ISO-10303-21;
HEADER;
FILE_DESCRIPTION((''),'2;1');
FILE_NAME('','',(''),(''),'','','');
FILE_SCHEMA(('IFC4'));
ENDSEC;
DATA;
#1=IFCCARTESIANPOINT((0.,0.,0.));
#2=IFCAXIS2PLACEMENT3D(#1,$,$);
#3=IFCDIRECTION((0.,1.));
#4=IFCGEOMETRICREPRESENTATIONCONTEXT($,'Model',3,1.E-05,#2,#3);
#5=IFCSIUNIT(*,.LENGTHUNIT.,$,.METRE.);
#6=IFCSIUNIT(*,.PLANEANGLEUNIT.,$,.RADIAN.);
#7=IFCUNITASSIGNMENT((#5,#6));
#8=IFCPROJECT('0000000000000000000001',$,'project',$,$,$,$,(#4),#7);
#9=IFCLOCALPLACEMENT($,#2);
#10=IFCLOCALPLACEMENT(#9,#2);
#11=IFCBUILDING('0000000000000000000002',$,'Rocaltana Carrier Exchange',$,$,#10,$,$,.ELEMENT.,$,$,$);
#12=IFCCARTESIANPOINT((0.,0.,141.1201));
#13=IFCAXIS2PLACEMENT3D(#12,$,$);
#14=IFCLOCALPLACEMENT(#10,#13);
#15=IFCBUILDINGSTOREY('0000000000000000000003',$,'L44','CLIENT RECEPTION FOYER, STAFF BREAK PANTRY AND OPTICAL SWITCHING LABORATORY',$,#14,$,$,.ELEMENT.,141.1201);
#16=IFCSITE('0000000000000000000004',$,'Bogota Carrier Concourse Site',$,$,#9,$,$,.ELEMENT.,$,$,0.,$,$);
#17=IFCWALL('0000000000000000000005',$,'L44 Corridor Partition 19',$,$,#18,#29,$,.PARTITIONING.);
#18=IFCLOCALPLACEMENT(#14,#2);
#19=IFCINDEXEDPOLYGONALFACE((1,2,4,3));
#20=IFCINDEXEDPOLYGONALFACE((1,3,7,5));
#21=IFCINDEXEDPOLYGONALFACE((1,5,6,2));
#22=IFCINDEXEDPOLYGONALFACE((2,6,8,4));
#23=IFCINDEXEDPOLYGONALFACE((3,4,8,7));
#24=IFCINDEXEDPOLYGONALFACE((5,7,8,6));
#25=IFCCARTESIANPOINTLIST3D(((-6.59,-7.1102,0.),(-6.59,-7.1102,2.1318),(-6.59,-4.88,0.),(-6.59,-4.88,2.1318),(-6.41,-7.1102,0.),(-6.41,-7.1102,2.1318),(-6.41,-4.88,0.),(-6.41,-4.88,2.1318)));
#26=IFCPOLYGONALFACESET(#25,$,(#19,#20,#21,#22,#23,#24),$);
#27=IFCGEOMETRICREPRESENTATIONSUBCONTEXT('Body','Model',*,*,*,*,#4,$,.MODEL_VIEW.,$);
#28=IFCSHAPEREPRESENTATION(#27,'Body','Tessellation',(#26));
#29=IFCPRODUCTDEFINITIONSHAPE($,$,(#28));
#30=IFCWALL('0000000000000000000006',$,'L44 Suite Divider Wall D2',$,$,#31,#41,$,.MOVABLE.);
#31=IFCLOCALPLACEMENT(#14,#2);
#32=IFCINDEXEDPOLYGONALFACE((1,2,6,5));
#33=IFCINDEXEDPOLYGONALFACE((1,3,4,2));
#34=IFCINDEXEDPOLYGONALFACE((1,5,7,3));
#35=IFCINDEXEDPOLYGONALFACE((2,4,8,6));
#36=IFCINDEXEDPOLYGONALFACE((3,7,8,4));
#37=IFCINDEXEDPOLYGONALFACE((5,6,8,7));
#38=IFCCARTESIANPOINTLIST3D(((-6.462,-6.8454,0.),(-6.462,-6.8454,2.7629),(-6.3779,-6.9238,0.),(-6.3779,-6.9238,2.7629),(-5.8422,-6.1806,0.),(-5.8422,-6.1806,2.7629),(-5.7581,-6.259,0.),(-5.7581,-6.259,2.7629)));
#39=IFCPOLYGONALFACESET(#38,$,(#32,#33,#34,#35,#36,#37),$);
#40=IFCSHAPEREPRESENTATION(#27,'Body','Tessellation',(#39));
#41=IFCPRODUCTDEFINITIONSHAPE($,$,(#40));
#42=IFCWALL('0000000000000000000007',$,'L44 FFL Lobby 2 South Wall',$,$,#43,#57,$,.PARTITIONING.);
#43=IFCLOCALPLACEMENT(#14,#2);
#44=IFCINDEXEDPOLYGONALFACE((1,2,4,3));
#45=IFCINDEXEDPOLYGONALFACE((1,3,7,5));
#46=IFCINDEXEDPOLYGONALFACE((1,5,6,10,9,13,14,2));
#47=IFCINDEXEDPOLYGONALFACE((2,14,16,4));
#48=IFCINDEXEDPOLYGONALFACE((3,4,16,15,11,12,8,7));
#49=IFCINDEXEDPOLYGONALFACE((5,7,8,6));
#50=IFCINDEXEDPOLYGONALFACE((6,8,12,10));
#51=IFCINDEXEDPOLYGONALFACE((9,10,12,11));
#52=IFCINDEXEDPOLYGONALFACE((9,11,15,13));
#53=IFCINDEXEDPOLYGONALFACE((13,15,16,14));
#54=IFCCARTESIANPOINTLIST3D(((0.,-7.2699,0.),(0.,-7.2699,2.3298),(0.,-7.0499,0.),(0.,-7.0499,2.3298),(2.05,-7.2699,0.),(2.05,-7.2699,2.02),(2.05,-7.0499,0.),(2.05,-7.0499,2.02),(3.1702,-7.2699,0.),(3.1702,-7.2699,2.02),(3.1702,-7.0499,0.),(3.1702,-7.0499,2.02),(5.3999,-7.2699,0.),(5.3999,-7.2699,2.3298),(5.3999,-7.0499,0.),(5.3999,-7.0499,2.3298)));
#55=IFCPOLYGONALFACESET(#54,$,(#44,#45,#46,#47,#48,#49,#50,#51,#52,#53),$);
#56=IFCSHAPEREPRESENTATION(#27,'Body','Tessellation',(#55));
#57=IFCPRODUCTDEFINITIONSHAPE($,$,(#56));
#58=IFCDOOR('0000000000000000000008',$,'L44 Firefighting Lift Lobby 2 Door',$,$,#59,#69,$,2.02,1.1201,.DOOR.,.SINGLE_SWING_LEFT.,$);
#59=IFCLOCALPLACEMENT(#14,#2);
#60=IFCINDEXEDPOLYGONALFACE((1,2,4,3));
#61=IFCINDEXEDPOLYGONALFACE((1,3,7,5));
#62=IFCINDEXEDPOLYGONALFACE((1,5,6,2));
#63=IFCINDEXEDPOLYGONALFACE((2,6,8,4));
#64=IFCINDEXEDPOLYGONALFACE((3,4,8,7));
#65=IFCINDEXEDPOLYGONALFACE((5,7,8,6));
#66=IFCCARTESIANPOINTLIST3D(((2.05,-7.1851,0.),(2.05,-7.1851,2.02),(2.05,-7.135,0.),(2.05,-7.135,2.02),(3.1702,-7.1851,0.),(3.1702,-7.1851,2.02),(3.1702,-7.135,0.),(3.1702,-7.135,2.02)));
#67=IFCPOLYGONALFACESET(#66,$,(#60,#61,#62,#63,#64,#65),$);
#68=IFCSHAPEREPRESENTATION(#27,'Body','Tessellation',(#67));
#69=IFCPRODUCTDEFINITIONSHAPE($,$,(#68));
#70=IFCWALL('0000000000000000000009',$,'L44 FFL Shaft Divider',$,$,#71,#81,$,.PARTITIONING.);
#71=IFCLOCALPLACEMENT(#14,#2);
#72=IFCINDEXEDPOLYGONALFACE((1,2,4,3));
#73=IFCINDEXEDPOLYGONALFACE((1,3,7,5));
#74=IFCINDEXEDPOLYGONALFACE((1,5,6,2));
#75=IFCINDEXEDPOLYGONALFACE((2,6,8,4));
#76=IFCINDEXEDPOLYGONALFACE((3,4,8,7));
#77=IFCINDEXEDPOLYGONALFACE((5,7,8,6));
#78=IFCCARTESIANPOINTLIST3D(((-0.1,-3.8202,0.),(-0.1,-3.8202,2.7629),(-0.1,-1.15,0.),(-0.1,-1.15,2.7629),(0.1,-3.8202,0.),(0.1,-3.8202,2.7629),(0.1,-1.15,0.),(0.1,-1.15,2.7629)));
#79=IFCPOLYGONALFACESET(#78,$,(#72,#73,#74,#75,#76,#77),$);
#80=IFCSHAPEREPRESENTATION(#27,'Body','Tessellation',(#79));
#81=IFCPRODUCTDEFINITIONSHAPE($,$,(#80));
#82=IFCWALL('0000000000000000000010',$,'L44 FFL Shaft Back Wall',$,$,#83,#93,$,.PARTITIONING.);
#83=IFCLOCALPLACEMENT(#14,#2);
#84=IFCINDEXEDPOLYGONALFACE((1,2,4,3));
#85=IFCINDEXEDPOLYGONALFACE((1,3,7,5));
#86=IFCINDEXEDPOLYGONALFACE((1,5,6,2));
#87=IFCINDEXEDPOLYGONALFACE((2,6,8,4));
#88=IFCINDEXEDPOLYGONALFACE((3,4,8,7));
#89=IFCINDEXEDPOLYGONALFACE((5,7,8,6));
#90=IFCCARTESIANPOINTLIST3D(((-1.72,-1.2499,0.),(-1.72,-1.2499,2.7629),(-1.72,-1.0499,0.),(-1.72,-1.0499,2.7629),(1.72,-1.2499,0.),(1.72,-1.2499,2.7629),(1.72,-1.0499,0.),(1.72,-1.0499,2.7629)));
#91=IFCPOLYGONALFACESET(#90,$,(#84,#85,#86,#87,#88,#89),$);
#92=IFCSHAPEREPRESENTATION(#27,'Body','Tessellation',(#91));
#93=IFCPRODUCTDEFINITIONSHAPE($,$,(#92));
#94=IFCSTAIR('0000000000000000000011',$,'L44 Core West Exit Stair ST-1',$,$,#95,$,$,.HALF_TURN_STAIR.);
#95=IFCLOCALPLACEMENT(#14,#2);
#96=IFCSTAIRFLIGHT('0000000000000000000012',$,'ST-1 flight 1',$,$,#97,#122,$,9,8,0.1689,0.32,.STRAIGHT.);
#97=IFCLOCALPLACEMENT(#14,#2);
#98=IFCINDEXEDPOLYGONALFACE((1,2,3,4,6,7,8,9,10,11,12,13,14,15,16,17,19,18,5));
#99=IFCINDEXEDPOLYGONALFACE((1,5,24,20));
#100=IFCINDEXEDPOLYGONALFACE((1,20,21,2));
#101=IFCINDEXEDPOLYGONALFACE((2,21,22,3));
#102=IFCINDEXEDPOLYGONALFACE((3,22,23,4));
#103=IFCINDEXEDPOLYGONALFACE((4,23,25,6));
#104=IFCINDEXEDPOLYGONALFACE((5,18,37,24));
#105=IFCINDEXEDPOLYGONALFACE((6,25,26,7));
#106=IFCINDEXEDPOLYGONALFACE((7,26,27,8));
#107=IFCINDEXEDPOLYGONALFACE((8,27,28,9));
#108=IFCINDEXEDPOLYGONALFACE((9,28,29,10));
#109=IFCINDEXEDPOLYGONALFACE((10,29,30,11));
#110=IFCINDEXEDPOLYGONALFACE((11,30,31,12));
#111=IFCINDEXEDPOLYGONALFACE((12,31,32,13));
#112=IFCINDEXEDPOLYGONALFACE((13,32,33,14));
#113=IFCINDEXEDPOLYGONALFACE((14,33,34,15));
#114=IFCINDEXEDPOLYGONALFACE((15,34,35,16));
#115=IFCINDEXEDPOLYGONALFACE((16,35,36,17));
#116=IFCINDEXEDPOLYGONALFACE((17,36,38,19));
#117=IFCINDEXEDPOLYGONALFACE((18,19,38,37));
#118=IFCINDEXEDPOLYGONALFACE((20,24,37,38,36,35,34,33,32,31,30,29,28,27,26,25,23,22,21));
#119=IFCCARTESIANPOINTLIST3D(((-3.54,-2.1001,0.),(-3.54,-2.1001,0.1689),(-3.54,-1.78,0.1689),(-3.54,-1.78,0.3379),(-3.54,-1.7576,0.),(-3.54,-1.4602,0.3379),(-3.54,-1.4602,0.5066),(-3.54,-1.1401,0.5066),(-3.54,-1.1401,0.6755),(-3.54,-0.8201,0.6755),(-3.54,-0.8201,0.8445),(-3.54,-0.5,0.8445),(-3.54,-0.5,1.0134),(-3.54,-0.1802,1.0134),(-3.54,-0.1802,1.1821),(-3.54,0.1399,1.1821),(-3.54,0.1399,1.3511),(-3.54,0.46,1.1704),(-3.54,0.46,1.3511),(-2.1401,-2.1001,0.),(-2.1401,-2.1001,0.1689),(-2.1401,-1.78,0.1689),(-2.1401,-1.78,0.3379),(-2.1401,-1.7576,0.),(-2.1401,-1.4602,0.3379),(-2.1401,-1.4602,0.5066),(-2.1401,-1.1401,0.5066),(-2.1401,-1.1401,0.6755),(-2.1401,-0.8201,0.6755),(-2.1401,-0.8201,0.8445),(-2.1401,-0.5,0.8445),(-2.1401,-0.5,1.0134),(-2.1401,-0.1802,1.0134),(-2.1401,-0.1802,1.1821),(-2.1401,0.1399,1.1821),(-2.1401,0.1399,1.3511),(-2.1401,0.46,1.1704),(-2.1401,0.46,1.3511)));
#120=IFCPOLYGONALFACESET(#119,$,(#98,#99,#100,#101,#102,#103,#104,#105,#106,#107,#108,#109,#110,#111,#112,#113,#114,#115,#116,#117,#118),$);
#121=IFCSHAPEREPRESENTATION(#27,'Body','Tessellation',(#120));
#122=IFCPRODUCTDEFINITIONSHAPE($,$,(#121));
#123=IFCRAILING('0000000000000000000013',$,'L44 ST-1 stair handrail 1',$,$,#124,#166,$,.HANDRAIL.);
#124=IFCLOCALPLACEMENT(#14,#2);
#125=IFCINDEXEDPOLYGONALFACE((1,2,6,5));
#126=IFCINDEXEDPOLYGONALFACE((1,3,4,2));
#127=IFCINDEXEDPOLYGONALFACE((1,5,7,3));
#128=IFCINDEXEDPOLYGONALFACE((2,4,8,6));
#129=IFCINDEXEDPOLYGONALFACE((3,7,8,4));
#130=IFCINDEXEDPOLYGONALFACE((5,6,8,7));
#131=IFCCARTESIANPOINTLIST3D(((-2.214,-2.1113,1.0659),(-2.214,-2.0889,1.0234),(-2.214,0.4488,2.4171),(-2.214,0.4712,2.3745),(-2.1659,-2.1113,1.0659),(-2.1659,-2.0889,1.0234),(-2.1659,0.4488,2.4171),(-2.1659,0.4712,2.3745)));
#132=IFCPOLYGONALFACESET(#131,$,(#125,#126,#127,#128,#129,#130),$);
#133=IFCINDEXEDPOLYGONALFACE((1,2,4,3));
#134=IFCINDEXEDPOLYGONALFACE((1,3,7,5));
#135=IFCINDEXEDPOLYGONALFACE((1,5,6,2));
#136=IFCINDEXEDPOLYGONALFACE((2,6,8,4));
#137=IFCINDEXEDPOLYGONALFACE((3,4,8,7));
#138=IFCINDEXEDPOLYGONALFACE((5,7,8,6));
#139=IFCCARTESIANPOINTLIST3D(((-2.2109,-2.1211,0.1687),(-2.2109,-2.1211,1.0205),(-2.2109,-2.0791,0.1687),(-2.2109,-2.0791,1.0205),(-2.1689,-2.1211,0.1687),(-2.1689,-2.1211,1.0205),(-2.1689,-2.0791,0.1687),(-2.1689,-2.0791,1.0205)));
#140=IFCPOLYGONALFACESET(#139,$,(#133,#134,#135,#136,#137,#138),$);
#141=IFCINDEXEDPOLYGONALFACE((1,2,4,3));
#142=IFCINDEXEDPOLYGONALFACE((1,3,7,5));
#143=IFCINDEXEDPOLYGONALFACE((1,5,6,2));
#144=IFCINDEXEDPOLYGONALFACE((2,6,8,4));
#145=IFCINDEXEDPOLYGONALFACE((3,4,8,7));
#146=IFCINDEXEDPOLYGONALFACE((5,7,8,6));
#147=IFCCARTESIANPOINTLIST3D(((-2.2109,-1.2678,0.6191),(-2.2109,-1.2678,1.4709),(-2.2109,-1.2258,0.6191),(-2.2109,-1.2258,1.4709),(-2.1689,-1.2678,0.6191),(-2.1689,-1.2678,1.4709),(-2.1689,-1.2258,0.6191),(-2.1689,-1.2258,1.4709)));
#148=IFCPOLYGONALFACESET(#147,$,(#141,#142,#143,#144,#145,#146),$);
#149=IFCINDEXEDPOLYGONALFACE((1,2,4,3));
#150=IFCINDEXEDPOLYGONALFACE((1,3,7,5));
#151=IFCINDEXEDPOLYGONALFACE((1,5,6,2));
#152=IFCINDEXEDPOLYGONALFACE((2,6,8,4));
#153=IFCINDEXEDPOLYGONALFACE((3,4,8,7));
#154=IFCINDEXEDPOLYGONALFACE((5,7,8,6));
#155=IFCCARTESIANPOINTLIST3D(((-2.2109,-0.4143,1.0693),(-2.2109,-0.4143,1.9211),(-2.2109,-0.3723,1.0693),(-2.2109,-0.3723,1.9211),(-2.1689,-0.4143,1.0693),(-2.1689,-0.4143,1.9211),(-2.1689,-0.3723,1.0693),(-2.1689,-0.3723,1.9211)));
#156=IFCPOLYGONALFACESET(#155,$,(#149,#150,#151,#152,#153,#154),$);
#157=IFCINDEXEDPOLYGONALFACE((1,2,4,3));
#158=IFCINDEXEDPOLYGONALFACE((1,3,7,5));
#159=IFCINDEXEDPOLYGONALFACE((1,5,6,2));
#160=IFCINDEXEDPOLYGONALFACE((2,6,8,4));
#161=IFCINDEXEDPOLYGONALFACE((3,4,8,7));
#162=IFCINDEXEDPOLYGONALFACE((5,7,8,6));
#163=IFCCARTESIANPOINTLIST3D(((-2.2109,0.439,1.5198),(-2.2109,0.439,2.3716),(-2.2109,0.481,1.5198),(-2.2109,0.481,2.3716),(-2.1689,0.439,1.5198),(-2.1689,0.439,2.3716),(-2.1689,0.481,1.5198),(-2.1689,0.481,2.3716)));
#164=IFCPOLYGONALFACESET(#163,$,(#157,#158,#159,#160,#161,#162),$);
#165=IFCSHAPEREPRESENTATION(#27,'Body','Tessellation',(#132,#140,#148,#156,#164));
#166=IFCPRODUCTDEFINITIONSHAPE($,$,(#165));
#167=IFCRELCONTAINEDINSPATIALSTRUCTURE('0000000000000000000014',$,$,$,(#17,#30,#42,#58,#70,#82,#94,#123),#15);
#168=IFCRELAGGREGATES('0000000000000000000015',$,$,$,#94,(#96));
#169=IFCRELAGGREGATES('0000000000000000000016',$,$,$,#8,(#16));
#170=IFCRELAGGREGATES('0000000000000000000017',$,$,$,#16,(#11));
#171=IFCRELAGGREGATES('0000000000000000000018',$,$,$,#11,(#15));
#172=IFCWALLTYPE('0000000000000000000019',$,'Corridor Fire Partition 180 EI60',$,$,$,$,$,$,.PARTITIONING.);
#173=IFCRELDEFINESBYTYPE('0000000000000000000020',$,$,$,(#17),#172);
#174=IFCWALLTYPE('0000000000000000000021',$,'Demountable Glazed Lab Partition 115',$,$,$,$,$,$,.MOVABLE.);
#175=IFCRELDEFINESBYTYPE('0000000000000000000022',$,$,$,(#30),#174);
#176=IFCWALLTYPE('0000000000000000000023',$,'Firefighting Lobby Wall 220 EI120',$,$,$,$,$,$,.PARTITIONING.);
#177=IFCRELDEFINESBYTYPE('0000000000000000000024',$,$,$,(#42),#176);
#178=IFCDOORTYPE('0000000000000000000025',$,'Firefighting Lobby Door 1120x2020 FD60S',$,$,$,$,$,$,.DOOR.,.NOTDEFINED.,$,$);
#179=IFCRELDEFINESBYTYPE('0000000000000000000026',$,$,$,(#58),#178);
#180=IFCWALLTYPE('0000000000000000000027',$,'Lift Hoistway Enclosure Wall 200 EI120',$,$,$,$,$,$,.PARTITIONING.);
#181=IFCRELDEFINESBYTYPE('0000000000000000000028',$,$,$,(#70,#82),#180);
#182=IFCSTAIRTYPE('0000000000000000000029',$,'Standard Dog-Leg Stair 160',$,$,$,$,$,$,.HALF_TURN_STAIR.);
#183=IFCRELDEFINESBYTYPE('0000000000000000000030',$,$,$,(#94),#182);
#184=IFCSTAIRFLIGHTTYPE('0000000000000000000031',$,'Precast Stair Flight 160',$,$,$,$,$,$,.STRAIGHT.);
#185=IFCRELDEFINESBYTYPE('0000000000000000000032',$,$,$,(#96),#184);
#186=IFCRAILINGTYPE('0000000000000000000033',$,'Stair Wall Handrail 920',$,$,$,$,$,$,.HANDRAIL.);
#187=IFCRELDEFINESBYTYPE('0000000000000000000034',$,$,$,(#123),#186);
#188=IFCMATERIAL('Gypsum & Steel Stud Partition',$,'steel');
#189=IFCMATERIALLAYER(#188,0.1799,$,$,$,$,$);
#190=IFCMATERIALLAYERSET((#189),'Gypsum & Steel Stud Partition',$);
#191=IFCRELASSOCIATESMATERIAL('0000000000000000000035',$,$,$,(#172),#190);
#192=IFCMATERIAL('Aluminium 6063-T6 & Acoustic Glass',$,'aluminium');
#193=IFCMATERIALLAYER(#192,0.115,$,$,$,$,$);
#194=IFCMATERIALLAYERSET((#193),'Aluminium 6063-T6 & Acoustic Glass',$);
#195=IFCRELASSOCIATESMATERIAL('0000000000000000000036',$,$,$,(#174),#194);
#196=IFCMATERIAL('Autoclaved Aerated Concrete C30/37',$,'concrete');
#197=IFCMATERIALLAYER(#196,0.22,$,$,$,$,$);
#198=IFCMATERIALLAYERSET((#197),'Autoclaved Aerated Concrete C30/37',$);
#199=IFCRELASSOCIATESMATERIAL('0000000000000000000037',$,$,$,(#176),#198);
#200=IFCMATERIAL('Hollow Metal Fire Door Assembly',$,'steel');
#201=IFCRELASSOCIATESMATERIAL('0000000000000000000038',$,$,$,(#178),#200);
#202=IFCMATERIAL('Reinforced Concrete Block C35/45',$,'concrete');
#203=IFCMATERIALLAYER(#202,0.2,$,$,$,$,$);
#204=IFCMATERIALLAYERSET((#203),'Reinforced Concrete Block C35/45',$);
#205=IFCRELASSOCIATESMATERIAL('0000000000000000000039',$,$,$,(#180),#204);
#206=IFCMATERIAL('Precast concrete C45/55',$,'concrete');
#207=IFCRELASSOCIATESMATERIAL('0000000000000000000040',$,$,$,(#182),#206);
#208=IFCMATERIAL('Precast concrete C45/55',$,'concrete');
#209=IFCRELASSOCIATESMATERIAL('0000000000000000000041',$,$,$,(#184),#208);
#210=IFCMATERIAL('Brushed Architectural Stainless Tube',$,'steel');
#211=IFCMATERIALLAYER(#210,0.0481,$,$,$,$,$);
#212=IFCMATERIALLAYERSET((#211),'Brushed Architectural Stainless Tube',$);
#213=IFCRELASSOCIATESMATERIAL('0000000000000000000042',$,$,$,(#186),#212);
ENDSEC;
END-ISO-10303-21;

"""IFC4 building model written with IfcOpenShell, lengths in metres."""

from ifc_helpers import new_model, si_unit, direction, frame, frame_2d, origin, origin_2d, place, context, subcontext, project, spatial, polyline, rectangle, outline, extrude, material, layer, layer_set, type_object, element, fill, aggregate, save


model = new_model("IFC4")

# Units and contexts
model_context = context("Model", 3, precision=1e-05, world=origin(), true_north=direction((0.0, 1.0)))
body_context = subcontext(model_context, "Body", "Model", "MODEL_VIEW")
ifc_project = project(units=[si_unit("LENGTHUNIT", "METRE"), si_unit("PLANEANGLEUNIT", "RADIAN")], contexts=[model_context])

# Site, building, storey
site_placement = place(None, origin())
site = spatial("IfcSite", under=ifc_project, at=site_placement, Name="Bogota Carrier Concourse Site", CompositionType="ELEMENT", RefElevation=0.0)
building_placement = place(site_placement, origin())
building = spatial("IfcBuilding", under=site, at=building_placement, Name="Rocaltana Carrier Exchange", CompositionType="ELEMENT")
storey_placement = place(building_placement, frame((0.0, 0.0, 141.1201)))
storey = spatial("IfcBuildingStorey", under=building, at=storey_placement, Name="L44", Description="CLIENT RECEPTION FOYER, STAFF BREAK PANTRY AND OPTICAL SWITCHING LABORATORY", CompositionType="ELEMENT", Elevation=141.1201)

# Walls
ifc_material_1 = material(Name="Gypsum & Steel Stud Partition", Category="steel")
ifc_layer_1 = layer(ifc_material_1, 0.1799)
ifc_layer_set_1 = layer_set([ifc_layer_1], Name="Gypsum & Steel Stud Partition")
wall_type_1 = type_object("IfcWallType", Name="Corridor Fire Partition 180 EI60", PredefinedType="PARTITIONING", material=ifc_layer_set_1)
wall_1_placement = place(storey_placement, frame((-6.5, -4.8799, 0.0), z_axis=(0.0, 0.0, 1.0), x_axis=(0.0, -1.0, 0.0)))
element("IfcWall", 1, at=wall_1_placement, inside=storey, type_object=wall_type_1, Name="L44 Corridor Partition 19", PredefinedType="PARTITIONING", context=body_context, shape_type="SweptSolid", body=[
    extrude(rectangle(XDim=2.2302, YDim=0.1799, at=frame_2d((1.1152, 0.0))), origin(), (0.0, 0.0, 1.0), 2.1318),
])
ifc_material_2 = material(Name="Aluminium 6063-T6 & Acoustic Glass", Category="aluminium")
ifc_layer_2 = layer(ifc_material_2, 0.115)
ifc_layer_set_2 = layer_set([ifc_layer_2], Name="Aluminium 6063-T6 & Acoustic Glass")
wall_type_2 = type_object("IfcWallType", Name="Demountable Glazed Lab Partition 115", PredefinedType="MOVABLE", material=ifc_layer_set_2)
wall_2_placement = place(storey_placement, frame((-5.8, -6.2197, 0.0), z_axis=(0.0, 0.0, 1.0), x_axis=(-0.681964, -0.731386, 0.0)))
element("IfcWall", 2, at=wall_2_placement, inside=storey, type_object=wall_type_2, Name="L44 Suite Divider Wall D2", PredefinedType="MOVABLE", context=body_context, shape_type="SweptSolid", body=[
    extrude(rectangle(XDim=0.9089, YDim=0.115, at=frame_2d((0.4546, 0.0))), origin(), (0.0, 0.0, 1.0), 2.7629),
])

# Wall, opening, door
ifc_material_3 = material(Name="Autoclaved Aerated Concrete C30/37", Category="concrete")
ifc_layer_3 = layer(ifc_material_3, 0.22)
ifc_layer_set_3 = layer_set([ifc_layer_3], Name="Autoclaved Aerated Concrete C30/37")
wall_type_3 = type_object("IfcWallType", Name="Firefighting Lobby Wall 220 EI120", PredefinedType="PARTITIONING", material=ifc_layer_set_3)
wall_3_placement = place(storey_placement, frame((0.0, -7.1599, 0.0), z_axis=(0.0, 0.0, 1.0), x_axis=(1.0, 0.0, 0.0)))
wall_3 = element("IfcWall", 3, at=wall_3_placement, inside=storey, type_object=wall_type_3, Name="L44 FFL Lobby 2 South Wall", PredefinedType="PARTITIONING", context=body_context, shape_type="SweptSolid", body=[
    extrude(rectangle(XDim=5.3999, YDim=0.22, at=frame_2d((2.7, 0.0))), origin(), (0.0, 0.0, 1.0), 2.3298),
])
opening_1_placement = place(wall_3_placement, frame((2.05, 0.0, 0.0)))
opening_1 = element("IfcOpeningElement", 4, at=opening_1_placement, cuts=wall_3, PredefinedType="OPENING", context=body_context, shape_type="SweptSolid", body=[
    extrude(rectangle(XDim=1.1201, YDim=2.02, at=frame_2d((0.5601, 1.01))), frame((0.0, 0.1199, 0.0), z_axis=(0.0, -1.0, 0.0), x_axis=(1.0, 0.0, 0.0)), (0.0, 0.0, 1.0), 0.24),
])
ifc_material_4 = material(Name="Hollow Metal Fire Door Assembly", Category="steel")
door_type_1 = type_object("IfcDoorType", Name="Firefighting Lobby Door 1120x2020 FD60S", OperationType="NOTDEFINED", PredefinedType="DOOR", material=ifc_material_4)
door_1_placement = place(opening_1_placement, origin())
door_1 = element("IfcDoor", 5, at=door_1_placement, inside=storey, type_object=door_type_1, Name="L44 Firefighting Lift Lobby 2 Door", OperationType="SINGLE_SWING_LEFT", OverallHeight=2.02, OverallWidth=1.1201, PredefinedType="DOOR", context=body_context, shape_type="SweptSolid", body=[
    extrude(rectangle(XDim=1.1201, YDim=2.02, at=frame_2d((0.5601, 1.01))), frame((0.0, 0.0249, 0.0), z_axis=(0.0, -1.0, 0.0), x_axis=(1.0, 0.0, 0.0)), (0.0, 0.0, 1.0), 0.05),
])
fill(opening_1, door_1)

# Walls
ifc_material_5 = material(Name="Reinforced Concrete Block C35/45", Category="concrete")
ifc_layer_4 = layer(ifc_material_5, 0.2)
ifc_layer_set_4 = layer_set([ifc_layer_4], Name="Reinforced Concrete Block C35/45")
wall_type_4 = type_object("IfcWallType", Name="Lift Hoistway Enclosure Wall 200 EI120", PredefinedType="PARTITIONING", material=ifc_layer_set_4)
wall_4_placement = place(storey_placement, frame((0.0, -3.8201, 0.0), z_axis=(0.0, 0.0, 1.0), x_axis=(0.0, 1.0, 0.0)))
element("IfcWall", 6, at=wall_4_placement, inside=storey, type_object=wall_type_4, Name="L44 FFL Shaft Divider", PredefinedType="PARTITIONING", context=body_context, shape_type="SweptSolid", body=[
    extrude(rectangle(XDim=2.6702, YDim=0.2, at=frame_2d((1.335, 0.0))), origin(), (0.0, 0.0, 1.0), 2.7629),
])
wall_5_placement = place(storey_placement, frame((-1.72, -1.1499, 0.0), z_axis=(0.0, 0.0, 1.0), x_axis=(1.0, 0.0, 0.0)))
element("IfcWall", 7, at=wall_5_placement, inside=storey, type_object=wall_type_4, Name="L44 FFL Shaft Back Wall", PredefinedType="PARTITIONING", context=body_context, shape_type="SweptSolid", body=[
    extrude(rectangle(XDim=3.4399, YDim=0.2, at=frame_2d((1.72, 0.0))), origin(), (0.0, 0.0, 1.0), 2.7629),
])

# Stair, stair flight
ifc_material_6 = material(Name="Precast concrete C45/55", Category="concrete")
stair_type = type_object("IfcStairType", Name="Standard Dog-Leg Stair 160", PredefinedType="HALF_TURN_STAIR", material=ifc_material_6)
stair_placement = place(storey_placement, origin())
stair = element("IfcStair", 8, at=stair_placement, inside=storey, type_object=stair_type, Name="L44 Core West Exit Stair ST-1", PredefinedType="HALF_TURN_STAIR")
ifc_material_7 = material(Name="Precast concrete C45/55", Category="concrete")
stair_flight_type = type_object("IfcStairFlightType", Name="Precast Stair Flight 160", PredefinedType="STRAIGHT", material=ifc_material_7)
stair_flight_placement = place(storey_placement, frame((-2.8401, -2.1001, 0.0), z_axis=(0.0, 0.0, 1.0), x_axis=(0.0, 1.0, 0.0)))
stair_flight = element("IfcStairFlight", 9, at=stair_flight_placement, type_object=stair_flight_type, Name="ST-1 flight 1", NumberOfRisers=9, NumberOfTreads=8, PredefinedType="STRAIGHT", RiserHeight=0.1689, TreadLength=0.32, context=body_context, shape_type="SweptSolid", body=[
    extrude(outline(polyline([(0.0, 0.0), (0.0, 0.1689), (0.3201, 0.1689), (0.3201, 0.3379), (0.6399, 0.3379), (0.6399, 0.5066), (0.96, 0.5066), (0.96, 0.6755), (1.28, 0.6755), (1.28, 0.8445), (1.6001, 0.8445), (1.6001, 1.0134), (1.9199, 1.0134), (1.9199, 1.1821), (2.24, 1.1821), (2.24, 1.3511), (2.5601, 1.3511), (2.5601, 1.52), (2.5601, 1.1704), (0.3425, 0.0), (0.0, 0.0)])), frame((0.0, 0.7, 0.0), z_axis=(0.0, -1.0, 0.0), x_axis=(1.0, 0.0, 0.0)), (0.0, 0.0, 1.0), 1.3999),
])
aggregate(stair, [stair_flight])

# Railing
ifc_material_8 = material(Name="Brushed Architectural Stainless Tube", Category="steel")
ifc_layer_5 = layer(ifc_material_8, 0.0481)
ifc_layer_set_5 = layer_set([ifc_layer_5], Name="Brushed Architectural Stainless Tube")
railing_type_1 = type_object("IfcRailingType", Name="Stair Wall Handrail 920", PredefinedType="HANDRAIL", material=ifc_layer_set_5)
railing_1_placement = place(storey_placement, frame((-2.1899, -2.1001, 0.1687)))
element("IfcRailing", 10, at=railing_1_placement, inside=storey, type_object=railing_type_1, Name="L44 ST-1 stair handrail 1", PredefinedType="HANDRAIL", context=body_context, shape_type="SweptSolid", body=[
    extrude(rectangle(XDim=0.0481, YDim=0.0481, at=origin_2d()), frame((0.0, 0.0, 0.876), z_axis=(0.0, 0.884394, 0.46674), x_axis=(-1.0, 0.0, 0.0)), (0.0, 0.0, 1.0), 2.8948),
    extrude(rectangle(XDim=0.042, YDim=0.042, at=origin_2d()), origin(), (0.0, 0.0, 1.0), 0.8518),
    extrude(rectangle(XDim=0.042, YDim=0.042, at=origin_2d()), frame((0.0, 0.8533, 0.4504)), (0.0, 0.0, 1.0), 0.8518),
    extrude(rectangle(XDim=0.042, YDim=0.042, at=origin_2d()), frame((0.0, 1.7068, 0.9006)), (0.0, 0.0, 1.0), 0.8518),
    extrude(rectangle(XDim=0.042, YDim=0.042, at=origin_2d()), frame((0.0, 2.5601, 1.3511)), (0.0, 0.0, 1.0), 0.8518),
])

save(model, "model.ifc")
